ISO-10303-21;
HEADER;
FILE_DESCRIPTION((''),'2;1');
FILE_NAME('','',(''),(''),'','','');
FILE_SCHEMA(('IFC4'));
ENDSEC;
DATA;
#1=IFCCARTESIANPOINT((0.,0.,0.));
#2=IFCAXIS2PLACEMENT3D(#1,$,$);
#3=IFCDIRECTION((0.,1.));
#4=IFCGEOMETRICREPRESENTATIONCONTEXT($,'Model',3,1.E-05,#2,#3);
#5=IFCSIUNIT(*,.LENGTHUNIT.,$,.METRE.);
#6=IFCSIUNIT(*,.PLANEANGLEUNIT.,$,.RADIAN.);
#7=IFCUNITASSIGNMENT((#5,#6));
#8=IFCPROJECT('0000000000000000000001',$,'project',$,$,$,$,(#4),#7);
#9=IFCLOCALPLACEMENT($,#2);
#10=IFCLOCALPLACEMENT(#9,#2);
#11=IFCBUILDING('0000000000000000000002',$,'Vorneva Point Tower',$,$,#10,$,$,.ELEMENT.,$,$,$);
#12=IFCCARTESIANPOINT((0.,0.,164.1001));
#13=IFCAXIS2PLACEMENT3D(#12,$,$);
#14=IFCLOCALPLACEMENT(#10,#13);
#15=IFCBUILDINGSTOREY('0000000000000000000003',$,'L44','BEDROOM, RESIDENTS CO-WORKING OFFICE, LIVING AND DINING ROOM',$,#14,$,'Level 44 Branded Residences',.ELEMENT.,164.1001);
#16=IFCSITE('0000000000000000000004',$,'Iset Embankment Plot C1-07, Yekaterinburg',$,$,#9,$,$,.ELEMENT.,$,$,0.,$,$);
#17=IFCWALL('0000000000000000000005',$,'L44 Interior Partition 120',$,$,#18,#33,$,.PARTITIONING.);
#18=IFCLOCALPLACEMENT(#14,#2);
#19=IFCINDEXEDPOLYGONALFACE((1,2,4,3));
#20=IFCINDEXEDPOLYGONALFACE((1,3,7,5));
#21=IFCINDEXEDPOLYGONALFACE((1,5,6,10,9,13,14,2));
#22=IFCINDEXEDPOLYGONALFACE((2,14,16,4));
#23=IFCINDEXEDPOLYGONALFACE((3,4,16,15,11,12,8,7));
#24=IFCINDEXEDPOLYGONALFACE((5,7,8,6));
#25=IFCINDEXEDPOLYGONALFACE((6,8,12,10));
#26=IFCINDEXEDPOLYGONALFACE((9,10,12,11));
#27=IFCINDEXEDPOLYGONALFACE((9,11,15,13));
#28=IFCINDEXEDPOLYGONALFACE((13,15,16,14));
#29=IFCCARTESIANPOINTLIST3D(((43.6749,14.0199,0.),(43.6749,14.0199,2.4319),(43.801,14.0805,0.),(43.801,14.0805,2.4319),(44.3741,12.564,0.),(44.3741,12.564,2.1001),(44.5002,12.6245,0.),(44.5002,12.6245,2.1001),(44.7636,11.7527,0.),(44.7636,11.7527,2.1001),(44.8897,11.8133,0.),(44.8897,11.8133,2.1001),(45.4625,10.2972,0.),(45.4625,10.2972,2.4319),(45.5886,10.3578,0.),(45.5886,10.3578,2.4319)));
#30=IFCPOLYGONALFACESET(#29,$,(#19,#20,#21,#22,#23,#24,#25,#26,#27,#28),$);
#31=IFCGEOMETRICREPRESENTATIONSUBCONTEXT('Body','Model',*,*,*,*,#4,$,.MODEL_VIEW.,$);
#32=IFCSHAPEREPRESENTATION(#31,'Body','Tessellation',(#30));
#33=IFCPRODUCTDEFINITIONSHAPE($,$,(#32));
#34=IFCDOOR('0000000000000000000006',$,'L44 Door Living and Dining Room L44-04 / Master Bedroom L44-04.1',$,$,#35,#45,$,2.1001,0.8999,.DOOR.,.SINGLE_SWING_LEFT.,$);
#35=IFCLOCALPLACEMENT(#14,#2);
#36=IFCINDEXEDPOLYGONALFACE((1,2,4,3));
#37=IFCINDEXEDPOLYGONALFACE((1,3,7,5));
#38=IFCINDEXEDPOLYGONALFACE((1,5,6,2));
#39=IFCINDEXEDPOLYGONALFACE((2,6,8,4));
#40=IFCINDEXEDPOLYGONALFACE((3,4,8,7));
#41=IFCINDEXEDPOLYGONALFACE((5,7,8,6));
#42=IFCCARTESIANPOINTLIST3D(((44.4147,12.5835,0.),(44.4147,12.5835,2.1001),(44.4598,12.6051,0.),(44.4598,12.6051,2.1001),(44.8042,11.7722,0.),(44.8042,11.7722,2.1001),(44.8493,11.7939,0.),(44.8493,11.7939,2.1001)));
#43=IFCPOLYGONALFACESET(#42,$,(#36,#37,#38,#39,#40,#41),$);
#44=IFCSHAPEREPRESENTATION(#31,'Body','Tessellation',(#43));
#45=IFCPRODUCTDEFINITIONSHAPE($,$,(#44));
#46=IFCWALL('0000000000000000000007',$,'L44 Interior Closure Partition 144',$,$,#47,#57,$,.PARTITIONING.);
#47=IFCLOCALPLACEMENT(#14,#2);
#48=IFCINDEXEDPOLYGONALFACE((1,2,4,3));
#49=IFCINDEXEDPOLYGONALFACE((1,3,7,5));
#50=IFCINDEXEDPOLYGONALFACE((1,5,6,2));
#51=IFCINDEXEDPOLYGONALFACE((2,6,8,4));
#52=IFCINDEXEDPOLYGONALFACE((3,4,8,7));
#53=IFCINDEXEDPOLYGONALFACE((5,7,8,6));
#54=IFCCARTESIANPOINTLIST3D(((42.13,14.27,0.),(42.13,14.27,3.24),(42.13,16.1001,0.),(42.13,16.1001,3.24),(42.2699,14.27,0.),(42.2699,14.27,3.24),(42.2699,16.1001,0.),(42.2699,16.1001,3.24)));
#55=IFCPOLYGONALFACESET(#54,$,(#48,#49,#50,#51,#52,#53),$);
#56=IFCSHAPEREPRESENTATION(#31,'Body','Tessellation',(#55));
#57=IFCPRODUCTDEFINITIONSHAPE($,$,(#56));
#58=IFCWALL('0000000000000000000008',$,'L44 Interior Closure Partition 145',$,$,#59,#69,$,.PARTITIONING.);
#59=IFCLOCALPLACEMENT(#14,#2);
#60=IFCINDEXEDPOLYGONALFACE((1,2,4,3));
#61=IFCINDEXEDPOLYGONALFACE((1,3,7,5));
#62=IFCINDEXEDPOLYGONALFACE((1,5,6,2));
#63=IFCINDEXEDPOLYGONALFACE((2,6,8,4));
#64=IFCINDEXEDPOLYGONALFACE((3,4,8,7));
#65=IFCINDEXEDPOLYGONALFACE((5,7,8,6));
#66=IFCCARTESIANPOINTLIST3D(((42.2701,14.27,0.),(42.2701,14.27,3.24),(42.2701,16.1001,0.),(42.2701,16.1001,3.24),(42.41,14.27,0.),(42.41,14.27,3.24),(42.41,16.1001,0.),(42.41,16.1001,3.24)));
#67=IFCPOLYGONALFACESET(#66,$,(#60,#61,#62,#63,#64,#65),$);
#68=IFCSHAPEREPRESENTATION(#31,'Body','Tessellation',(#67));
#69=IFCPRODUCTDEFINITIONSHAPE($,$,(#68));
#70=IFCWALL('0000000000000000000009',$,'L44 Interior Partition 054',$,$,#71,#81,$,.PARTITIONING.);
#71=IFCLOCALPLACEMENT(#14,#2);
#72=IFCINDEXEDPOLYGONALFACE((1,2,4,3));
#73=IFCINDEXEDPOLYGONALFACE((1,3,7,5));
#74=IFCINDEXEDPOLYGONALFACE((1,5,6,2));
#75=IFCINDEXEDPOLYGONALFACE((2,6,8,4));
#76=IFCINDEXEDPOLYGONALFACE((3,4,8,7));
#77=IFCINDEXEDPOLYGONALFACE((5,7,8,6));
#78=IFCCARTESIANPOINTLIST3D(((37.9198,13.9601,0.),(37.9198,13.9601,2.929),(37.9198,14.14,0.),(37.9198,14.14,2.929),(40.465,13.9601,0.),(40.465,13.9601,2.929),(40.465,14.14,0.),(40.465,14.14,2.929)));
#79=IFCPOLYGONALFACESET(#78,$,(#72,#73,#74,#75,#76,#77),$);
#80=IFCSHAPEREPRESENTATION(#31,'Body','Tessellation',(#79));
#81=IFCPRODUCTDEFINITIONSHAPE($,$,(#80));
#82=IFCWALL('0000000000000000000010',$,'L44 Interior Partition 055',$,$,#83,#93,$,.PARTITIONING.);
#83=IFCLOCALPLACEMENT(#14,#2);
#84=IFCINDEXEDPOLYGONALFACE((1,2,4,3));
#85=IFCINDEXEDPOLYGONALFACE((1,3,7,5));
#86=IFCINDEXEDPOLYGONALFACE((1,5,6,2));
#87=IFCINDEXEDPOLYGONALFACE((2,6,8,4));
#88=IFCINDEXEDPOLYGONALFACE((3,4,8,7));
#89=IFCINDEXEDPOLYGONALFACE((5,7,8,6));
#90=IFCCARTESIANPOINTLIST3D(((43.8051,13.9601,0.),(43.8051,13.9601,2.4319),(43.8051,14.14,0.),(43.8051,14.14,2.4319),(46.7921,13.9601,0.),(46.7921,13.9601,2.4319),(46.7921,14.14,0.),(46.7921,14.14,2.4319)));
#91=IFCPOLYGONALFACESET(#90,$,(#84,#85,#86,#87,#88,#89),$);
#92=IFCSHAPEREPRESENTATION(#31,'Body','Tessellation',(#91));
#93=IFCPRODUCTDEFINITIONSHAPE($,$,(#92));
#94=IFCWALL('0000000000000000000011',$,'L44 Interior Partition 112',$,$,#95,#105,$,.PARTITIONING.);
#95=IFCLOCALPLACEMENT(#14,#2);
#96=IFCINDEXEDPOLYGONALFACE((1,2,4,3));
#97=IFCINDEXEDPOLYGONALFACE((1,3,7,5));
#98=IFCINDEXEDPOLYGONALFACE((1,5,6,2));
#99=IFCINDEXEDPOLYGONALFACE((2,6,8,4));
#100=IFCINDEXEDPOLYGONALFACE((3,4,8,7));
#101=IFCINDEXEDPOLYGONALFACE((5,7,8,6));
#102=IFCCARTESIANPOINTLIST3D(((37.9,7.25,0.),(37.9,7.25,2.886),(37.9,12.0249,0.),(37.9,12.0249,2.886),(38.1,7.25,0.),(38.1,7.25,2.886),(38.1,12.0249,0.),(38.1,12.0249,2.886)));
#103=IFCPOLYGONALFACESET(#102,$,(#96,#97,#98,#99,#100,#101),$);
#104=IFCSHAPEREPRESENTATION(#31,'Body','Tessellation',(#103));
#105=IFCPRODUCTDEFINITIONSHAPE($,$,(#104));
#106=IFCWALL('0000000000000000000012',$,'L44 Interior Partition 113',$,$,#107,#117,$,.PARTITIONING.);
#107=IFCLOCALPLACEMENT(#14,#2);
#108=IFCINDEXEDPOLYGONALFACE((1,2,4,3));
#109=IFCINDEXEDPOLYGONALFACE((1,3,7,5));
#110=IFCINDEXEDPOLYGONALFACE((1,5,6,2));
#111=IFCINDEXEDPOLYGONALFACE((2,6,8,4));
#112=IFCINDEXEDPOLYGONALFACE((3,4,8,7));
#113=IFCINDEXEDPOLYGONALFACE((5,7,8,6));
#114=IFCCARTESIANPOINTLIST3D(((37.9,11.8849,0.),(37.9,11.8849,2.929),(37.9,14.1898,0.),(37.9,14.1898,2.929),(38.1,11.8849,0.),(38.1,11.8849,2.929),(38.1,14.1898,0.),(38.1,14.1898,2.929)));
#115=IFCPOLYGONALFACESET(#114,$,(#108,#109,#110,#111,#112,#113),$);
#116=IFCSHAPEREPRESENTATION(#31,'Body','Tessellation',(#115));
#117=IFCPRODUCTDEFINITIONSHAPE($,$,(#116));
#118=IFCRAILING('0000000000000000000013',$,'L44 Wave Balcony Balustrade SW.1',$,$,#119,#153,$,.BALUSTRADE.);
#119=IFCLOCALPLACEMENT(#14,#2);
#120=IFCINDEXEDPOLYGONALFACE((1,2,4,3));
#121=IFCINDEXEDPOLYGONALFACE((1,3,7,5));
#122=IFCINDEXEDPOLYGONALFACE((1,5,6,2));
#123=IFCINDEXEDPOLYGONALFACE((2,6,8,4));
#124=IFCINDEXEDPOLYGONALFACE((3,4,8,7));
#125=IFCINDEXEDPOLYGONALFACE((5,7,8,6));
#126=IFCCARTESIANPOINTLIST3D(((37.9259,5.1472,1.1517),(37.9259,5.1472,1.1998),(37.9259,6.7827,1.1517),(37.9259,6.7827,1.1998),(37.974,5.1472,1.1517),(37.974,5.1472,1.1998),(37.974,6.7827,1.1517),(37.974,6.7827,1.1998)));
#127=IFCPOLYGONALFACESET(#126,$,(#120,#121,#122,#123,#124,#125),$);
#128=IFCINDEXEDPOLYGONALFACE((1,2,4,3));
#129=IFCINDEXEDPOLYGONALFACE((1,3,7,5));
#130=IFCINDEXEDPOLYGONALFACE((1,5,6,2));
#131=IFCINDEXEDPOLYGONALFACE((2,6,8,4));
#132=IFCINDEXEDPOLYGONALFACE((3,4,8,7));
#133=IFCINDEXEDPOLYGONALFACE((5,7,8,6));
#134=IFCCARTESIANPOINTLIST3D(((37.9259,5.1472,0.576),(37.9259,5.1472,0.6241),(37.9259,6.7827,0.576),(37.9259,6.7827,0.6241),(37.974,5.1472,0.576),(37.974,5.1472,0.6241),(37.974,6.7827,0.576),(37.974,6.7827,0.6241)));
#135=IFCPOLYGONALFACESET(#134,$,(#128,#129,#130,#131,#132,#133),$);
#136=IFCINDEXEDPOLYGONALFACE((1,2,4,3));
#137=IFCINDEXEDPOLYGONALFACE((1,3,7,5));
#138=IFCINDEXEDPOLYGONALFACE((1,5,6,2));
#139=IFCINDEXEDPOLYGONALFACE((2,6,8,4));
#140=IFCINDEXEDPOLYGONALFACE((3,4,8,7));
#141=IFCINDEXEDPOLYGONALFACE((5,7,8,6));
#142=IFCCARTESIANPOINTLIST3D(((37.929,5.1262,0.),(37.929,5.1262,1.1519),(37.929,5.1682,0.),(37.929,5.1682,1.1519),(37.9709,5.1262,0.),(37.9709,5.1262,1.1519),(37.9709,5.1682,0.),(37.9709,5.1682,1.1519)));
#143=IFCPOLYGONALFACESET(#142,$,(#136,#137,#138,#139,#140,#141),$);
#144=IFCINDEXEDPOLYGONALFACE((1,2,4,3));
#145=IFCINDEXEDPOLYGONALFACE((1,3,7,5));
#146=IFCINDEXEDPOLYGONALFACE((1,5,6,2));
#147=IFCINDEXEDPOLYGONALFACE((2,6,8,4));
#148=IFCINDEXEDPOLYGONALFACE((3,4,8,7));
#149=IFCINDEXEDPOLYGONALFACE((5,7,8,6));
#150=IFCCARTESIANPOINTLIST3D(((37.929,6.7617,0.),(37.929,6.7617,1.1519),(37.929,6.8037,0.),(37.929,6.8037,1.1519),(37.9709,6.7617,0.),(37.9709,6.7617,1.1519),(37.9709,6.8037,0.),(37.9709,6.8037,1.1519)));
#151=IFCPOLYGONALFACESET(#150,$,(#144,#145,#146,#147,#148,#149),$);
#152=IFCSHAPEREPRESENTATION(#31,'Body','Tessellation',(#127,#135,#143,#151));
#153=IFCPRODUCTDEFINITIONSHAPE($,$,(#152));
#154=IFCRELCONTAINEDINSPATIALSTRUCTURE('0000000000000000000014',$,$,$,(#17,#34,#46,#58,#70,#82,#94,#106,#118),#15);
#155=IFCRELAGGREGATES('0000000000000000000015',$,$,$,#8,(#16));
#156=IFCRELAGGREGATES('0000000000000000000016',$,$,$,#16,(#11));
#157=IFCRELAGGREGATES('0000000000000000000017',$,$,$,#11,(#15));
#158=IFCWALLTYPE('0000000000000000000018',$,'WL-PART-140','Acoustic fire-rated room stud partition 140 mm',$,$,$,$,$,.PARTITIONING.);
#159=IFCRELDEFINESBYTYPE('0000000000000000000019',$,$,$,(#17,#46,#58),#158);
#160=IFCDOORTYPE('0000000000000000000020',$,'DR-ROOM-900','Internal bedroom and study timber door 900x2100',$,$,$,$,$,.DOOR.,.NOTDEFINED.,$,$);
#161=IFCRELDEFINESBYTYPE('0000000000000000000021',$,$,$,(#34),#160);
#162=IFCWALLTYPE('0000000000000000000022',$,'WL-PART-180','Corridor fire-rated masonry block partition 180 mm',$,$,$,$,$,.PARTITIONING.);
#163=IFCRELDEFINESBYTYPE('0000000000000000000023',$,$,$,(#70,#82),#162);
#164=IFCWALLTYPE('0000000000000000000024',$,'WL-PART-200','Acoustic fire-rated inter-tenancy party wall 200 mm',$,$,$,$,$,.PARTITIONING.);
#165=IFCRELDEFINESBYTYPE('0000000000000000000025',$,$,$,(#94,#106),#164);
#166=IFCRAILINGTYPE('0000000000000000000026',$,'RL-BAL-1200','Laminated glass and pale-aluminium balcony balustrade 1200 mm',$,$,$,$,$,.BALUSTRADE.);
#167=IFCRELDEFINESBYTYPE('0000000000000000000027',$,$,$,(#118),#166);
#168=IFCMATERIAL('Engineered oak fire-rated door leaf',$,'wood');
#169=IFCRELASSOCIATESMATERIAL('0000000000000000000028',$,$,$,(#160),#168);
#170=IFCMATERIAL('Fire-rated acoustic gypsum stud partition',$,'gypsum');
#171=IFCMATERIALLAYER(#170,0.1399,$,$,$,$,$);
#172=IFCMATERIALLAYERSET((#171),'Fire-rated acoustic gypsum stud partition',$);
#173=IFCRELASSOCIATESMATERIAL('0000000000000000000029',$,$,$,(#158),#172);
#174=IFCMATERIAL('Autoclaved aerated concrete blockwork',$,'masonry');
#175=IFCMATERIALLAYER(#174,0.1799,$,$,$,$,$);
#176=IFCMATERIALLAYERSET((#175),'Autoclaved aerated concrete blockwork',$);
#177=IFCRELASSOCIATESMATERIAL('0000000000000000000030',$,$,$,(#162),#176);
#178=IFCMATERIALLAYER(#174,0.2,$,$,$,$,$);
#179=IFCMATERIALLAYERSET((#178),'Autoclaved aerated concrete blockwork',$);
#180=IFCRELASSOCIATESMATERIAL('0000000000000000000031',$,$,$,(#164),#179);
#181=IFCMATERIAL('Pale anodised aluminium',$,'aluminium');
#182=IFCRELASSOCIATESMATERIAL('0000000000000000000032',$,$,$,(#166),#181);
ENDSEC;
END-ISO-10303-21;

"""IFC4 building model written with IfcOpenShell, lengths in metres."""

from ifc_helpers import new_model, si_unit, direction, frame, frame_2d, origin, origin_2d, place, context, subcontext, project, spatial, rectangle, extrude, material, layer, layer_set, type_object, element, fill, save


model = new_model("IFC4")

# Units and contexts
model_context = context("Model", 3, precision=1e-05, world=origin(), true_north=direction((0.0, 1.0)))
body_context = subcontext(model_context, "Body", "Model", "MODEL_VIEW")
ifc_project = project(units=[si_unit("LENGTHUNIT", "METRE"), si_unit("PLANEANGLEUNIT", "RADIAN")], contexts=[model_context])

# Site, building, storey
site_placement = place(None, origin())
site = spatial("IfcSite", under=ifc_project, at=site_placement, Name="Iset Embankment Plot C1-07, Yekaterinburg", CompositionType="ELEMENT", RefElevation=0.0)
building_placement = place(site_placement, origin())
building = spatial("IfcBuilding", under=site, at=building_placement, Name="Vorneva Point Tower", CompositionType="ELEMENT")
storey_placement = place(building_placement, frame((0.0, 0.0, 164.1001)))
storey = spatial("IfcBuildingStorey", under=building, at=storey_placement, Name="L44", Description="BEDROOM, RESIDENTS CO-WORKING OFFICE, LIVING AND DINING ROOM", LongName="Level 44 Branded Residences", CompositionType="ELEMENT", Elevation=164.1001)

# Shared definitions
ifc_material_1 = material(Name="Pale anodised aluminium", Category="aluminium")

# Shared definitions
ifc_material_2 = material(Name="Fire-rated acoustic gypsum stud partition", Category="gypsum")

# Shared definitions
ifc_material_3 = material(Name="Engineered oak fire-rated door leaf", Category="wood")

# Shared definitions
door_type_1 = type_object("IfcDoorType", Name="DR-ROOM-900", Description="Internal bedroom and study timber door 900x2100", OperationType="NOTDEFINED", PredefinedType="DOOR", material=ifc_material_3)

# Wall, opening, door
ifc_layer_1 = layer(ifc_material_2, 0.1399)
ifc_layer_set_1 = layer_set([ifc_layer_1], Name="Fire-rated acoustic gypsum stud partition")
wall_type_1 = type_object("IfcWallType", Name="WL-PART-140", Description="Acoustic fire-rated room stud partition 140 mm", PredefinedType="PARTITIONING", material=ifc_layer_set_1)
wall_1_placement = place(storey_placement, frame((45.5256, 10.3274, 0.0), z_axis=(0.0, 0.0, 1.0), x_axis=(-0.432873, 0.901455, 0.0)))
wall_1 = element("IfcWall", 1, at=wall_1_placement, inside=storey, type_object=wall_type_1, Name="L44 Interior Partition 120", PredefinedType="PARTITIONING", context=body_context, shape_type="SweptSolid", body=[
    extrude(rectangle(XDim=4.1296, YDim=0.1399, at=frame_2d((2.0649, 0.0))), origin(), (0.0, 0.0, 1.0), 2.4319),
])
opening_1_placement = place(wall_1_placement, frame((1.6147, 0.0, 0.0)))
opening_1 = element("IfcOpeningElement", 2, at=opening_1_placement, cuts=wall_1, PredefinedType="OPENING", context=body_context, shape_type="SweptSolid", body=[
    extrude(rectangle(XDim=0.8999, YDim=2.1001, at=frame_2d((0.45, 1.05))), frame((0.0, 0.085, 0.0), z_axis=(0.0, -1.0, 0.0), x_axis=(1.0, 0.0, 0.0)), (0.0, 0.0, 1.0), 0.1697),
])
door_1_placement = place(opening_1_placement, origin())
door_1 = element("IfcDoor", 3, at=door_1_placement, inside=storey, type_object=door_type_1, Name="L44 Door Living and Dining Room L44-04 / Master Bedroom L44-04.1", OperationType="SINGLE_SWING_LEFT", OverallHeight=2.1001, OverallWidth=0.8999, PredefinedType="DOOR", context=body_context, shape_type="SweptSolid", body=[
    extrude(rectangle(XDim=0.8999, YDim=2.1001, at=frame_2d((0.45, 1.05))), frame((0.0, 0.0249, 0.0), z_axis=(0.0, -1.0, 0.0), x_axis=(1.0, 0.0, 0.0)), (0.0, 0.0, 1.0), 0.05),
])
fill(opening_1, door_1)

# Walls
for number, where, z_axis, x_axis, name in (
    (4, (42.2, 16.1001, 0.0), (0.0, 0.0, 1.0), (0.0, -1.0, 0.0), "L44 Interior Closure Partition 144"),
    (5, (42.3401, 14.27, 0.0), (0.0, 0.0, 1.0), (0.0, 1.0, 0.0), "L44 Interior Closure Partition 145"),
):
    element("IfcWall", number, at=place(storey_placement, frame(where, z_axis=z_axis, x_axis=x_axis)), inside=storey, type_object=wall_type_1, Name=name, PredefinedType="PARTITIONING", context=body_context, shape_type="SweptSolid", body=[
        extrude(rectangle(XDim=1.8301, YDim=0.1399, at=frame_2d((0.915, 0.0))), origin(), (0.0, 0.0, 1.0), 3.24),
    ])

# Shared definitions
ifc_material_4 = material(Name="Autoclaved aerated concrete blockwork", Category="masonry")
ifc_layer_2 = layer(ifc_material_4, 0.1799)
ifc_layer_set_2 = layer_set([ifc_layer_2], Name="Autoclaved aerated concrete blockwork")
wall_type_2 = type_object("IfcWallType", Name="WL-PART-180", Description="Corridor fire-rated masonry block partition 180 mm", PredefinedType="PARTITIONING", material=ifc_layer_set_2)

# Walls
wall_2_placement = place(storey_placement, frame((37.9199, 14.05, 0.0), z_axis=(0.0, 0.0, 1.0), x_axis=(1.0, 0.0, 0.0)))
element("IfcWall", 6, at=wall_2_placement, inside=storey, type_object=wall_type_2, Name="L44 Interior Partition 054", PredefinedType="PARTITIONING", context=body_context, shape_type="SweptSolid", body=[
    extrude(rectangle(XDim=2.5452, YDim=0.1799, at=frame_2d((1.2725, 0.0))), origin(), (0.0, 0.0, 1.0), 2.929),
])
wall_3_placement = place(storey_placement, frame((43.8049, 14.05, 0.0), z_axis=(0.0, 0.0, 1.0), x_axis=(1.0, 0.0, 0.0)))
element("IfcWall", 7, at=wall_3_placement, inside=storey, type_object=wall_type_2, Name="L44 Interior Partition 055", PredefinedType="PARTITIONING", context=body_context, shape_type="SweptSolid", body=[
    extrude(rectangle(XDim=2.9871, YDim=0.1799, at=frame_2d((1.4937, 0.0))), origin(), (0.0, 0.0, 1.0), 2.4319),
])
ifc_layer_3 = layer(ifc_material_4, 0.2)
ifc_layer_set_3 = layer_set([ifc_layer_3], Name="Autoclaved aerated concrete blockwork")
wall_type_3 = type_object("IfcWallType", Name="WL-PART-200", Description="Acoustic fire-rated inter-tenancy party wall 200 mm", PredefinedType="PARTITIONING", material=ifc_layer_set_3)
wall_4_placement = place(storey_placement, frame((38.0, 7.25, 0.0), z_axis=(0.0, 0.0, 1.0), x_axis=(0.0, 1.0, 0.0)))
element("IfcWall", 8, at=wall_4_placement, inside=storey, type_object=wall_type_3, Name="L44 Interior Partition 112", PredefinedType="PARTITIONING", context=body_context, shape_type="SweptSolid", body=[
    extrude(rectangle(XDim=4.7749, YDim=0.2, at=frame_2d((2.3875, 0.0))), origin(), (0.0, 0.0, 1.0), 2.886),
])
wall_5_placement = place(storey_placement, frame((38.0, 11.885, 0.0), z_axis=(0.0, 0.0, 1.0), x_axis=(0.0, 1.0, 0.0)))
element("IfcWall", 9, at=wall_5_placement, inside=storey, type_object=wall_type_3, Name="L44 Interior Partition 113", PredefinedType="PARTITIONING", context=body_context, shape_type="SweptSolid", body=[
    extrude(rectangle(XDim=2.3049, YDim=0.2, at=frame_2d((1.1523, 0.0))), origin(), (0.0, 0.0, 1.0), 2.929),
])

# Railing
railing_type = type_object("IfcRailingType", Name="RL-BAL-1200", Description="Laminated glass and pale-aluminium balcony balustrade 1200 mm", PredefinedType="BALUSTRADE", material=ifc_material_1)
railing_placement = place(storey_placement, frame((37.95, 5.1472, 0.0)))
element("IfcRailing", 10, at=railing_placement, inside=storey, type_object=railing_type, Name="L44 Wave Balcony Balustrade SW.1", PredefinedType="BALUSTRADE", context=body_context, shape_type="SweptSolid", body=[
    extrude(rectangle(XDim=0.0481, YDim=0.0481, at=origin_2d()), frame((0.0, 0.0, 1.1758), z_axis=(0.0, 1.0, 0.0), x_axis=(-1.0, 0.0, 0.0)), (0.0, 0.0, 1.0), 1.6355),
    extrude(rectangle(XDim=0.0481, YDim=0.0481, at=origin_2d()), frame((0.0, 0.0, 0.6001), z_axis=(0.0, 1.0, 0.0), x_axis=(-1.0, 0.0, 0.0)), (0.0, 0.0, 1.0), 1.6355),
    extrude(rectangle(XDim=0.042, YDim=0.042, at=origin_2d()), origin(), (0.0, 0.0, 1.0), 1.1519),
    extrude(rectangle(XDim=0.042, YDim=0.042, at=origin_2d()), frame((0.0, 1.6355, 0.0)), (0.0, 0.0, 1.0), 1.1519),
])

save(model, "model.ifc")
